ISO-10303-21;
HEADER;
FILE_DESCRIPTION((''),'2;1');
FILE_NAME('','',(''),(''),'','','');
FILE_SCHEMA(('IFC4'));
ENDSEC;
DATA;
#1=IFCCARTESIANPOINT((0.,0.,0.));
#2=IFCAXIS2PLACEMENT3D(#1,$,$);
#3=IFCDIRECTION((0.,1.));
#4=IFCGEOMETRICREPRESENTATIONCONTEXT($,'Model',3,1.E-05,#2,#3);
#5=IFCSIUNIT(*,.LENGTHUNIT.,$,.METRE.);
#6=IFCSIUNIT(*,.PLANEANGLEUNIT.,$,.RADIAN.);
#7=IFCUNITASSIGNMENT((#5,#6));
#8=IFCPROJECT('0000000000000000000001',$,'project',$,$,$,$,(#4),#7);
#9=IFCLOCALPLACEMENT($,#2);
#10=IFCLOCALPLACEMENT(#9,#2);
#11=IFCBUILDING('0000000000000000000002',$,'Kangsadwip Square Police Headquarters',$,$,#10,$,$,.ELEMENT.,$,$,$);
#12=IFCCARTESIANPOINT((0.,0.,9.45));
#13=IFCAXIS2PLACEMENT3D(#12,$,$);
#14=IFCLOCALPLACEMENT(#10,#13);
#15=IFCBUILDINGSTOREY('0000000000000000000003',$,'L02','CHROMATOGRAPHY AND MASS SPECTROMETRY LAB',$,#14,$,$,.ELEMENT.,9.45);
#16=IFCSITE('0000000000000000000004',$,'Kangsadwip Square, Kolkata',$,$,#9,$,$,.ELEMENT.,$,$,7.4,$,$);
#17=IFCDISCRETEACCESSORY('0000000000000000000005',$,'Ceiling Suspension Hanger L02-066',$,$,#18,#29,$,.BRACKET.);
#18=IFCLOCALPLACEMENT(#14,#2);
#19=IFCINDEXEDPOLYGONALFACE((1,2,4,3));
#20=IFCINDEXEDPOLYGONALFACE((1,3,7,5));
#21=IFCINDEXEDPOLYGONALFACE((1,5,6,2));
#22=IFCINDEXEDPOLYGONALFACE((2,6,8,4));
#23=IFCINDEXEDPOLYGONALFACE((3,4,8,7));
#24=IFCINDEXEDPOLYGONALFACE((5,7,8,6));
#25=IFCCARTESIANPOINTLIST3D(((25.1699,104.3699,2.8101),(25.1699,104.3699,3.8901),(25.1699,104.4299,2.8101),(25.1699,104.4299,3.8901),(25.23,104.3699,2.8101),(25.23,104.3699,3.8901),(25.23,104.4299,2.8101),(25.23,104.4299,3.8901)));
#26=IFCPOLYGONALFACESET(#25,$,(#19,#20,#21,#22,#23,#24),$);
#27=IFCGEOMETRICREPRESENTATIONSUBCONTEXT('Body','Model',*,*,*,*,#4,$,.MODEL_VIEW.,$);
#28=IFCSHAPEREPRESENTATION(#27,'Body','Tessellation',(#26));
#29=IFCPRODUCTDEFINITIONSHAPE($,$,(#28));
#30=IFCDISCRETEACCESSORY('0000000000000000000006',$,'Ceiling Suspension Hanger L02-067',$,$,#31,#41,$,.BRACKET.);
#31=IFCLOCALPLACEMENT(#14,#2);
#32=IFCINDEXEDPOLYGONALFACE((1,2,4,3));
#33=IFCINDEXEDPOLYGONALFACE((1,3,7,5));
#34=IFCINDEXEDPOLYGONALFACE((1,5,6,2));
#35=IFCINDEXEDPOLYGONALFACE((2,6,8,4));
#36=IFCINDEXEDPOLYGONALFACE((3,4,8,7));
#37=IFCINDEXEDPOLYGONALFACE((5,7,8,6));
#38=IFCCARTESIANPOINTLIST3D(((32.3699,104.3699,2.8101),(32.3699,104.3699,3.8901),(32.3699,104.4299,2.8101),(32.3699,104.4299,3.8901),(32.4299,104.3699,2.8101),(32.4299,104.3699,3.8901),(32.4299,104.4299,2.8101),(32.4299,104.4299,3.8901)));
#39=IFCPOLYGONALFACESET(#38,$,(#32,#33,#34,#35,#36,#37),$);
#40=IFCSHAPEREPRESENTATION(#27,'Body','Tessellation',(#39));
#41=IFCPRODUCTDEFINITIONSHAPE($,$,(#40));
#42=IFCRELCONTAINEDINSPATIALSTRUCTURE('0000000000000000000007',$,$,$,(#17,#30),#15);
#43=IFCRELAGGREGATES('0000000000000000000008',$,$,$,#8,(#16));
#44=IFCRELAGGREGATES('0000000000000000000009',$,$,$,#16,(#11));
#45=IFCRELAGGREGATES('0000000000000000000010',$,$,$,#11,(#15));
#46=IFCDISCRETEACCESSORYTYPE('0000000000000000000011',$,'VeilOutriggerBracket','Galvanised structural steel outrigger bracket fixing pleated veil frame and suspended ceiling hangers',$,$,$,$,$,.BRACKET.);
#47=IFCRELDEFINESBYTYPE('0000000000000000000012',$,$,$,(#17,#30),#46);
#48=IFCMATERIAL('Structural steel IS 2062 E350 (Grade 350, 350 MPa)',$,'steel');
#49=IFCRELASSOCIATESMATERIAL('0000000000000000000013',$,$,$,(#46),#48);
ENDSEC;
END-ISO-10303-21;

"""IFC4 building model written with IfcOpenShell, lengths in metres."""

from ifc_helpers import new_model, si_unit, direction, frame, origin, origin_2d, place, context, subcontext, project, spatial, rectangle, extrude, material, type_object, element, save


model = new_model("IFC4")

# Units and contexts
model_context = context("Model", 3, precision=1e-05, world=origin(), true_north=direction((0.0, 1.0)))
body_context = subcontext(model_context, "Body", "Model", "MODEL_VIEW")
ifc_project = project(units=[si_unit("LENGTHUNIT", "METRE"), si_unit("PLANEANGLEUNIT", "RADIAN")], contexts=[model_context])

# Site, building, storey
site_placement = place(None, origin())
site = spatial("IfcSite", under=ifc_project, at=site_placement, Name="Kangsadwip Square, Kolkata", CompositionType="ELEMENT", RefElevation=7.4)
building_placement = place(site_placement, origin())
building = spatial("IfcBuilding", under=site, at=building_placement, Name="Kangsadwip Square Police Headquarters", CompositionType="ELEMENT")
storey_placement = place(building_placement, frame((0.0, 0.0, 9.45)))
storey = spatial("IfcBuildingStorey", under=building, at=storey_placement, Name="L02", Description="CHROMATOGRAPHY AND MASS SPECTROMETRY LAB", CompositionType="ELEMENT", Elevation=9.45)

# Discrete accessories
ifc_material_1 = material(Name="Structural steel IS 2062 E350 (Grade 350, 350 MPa)", Category="steel")
discrete_accessory_type = type_object("IfcDiscreteAccessoryType", Name="VeilOutriggerBracket", Description="Galvanised structural steel outrigger bracket fixing pleated veil frame and suspended ceiling hangers", PredefinedType="BRACKET", material=ifc_material_1)
for number, where, z_axis, x_axis, name in (
    (1, (25.2, 104.3999, 2.8101), (0.0, 0.0, 1.0), (1.0, 0.0, 0.0), "Ceiling Suspension Hanger L02-066"),
    (2, (32.3999, 104.3999, 2.8101), (0.0, 0.0, 1.0), (1.0, 0.0, 0.0), "Ceiling Suspension Hanger L02-067"),
):
    element("IfcDiscreteAccessory", number, at=place(storey_placement, frame(where, z_axis=z_axis, x_axis=x_axis)), inside=storey, type_object=discrete_accessory_type, Name=name, PredefinedType="BRACKET", context=body_context, shape_type="SweptSolid", body=[
        extrude(rectangle(XDim=0.0601, YDim=0.0601, at=origin_2d()), origin(), (0.0, 0.0, 1.0), 1.0801),
    ])

save(model, "model.ifc")
